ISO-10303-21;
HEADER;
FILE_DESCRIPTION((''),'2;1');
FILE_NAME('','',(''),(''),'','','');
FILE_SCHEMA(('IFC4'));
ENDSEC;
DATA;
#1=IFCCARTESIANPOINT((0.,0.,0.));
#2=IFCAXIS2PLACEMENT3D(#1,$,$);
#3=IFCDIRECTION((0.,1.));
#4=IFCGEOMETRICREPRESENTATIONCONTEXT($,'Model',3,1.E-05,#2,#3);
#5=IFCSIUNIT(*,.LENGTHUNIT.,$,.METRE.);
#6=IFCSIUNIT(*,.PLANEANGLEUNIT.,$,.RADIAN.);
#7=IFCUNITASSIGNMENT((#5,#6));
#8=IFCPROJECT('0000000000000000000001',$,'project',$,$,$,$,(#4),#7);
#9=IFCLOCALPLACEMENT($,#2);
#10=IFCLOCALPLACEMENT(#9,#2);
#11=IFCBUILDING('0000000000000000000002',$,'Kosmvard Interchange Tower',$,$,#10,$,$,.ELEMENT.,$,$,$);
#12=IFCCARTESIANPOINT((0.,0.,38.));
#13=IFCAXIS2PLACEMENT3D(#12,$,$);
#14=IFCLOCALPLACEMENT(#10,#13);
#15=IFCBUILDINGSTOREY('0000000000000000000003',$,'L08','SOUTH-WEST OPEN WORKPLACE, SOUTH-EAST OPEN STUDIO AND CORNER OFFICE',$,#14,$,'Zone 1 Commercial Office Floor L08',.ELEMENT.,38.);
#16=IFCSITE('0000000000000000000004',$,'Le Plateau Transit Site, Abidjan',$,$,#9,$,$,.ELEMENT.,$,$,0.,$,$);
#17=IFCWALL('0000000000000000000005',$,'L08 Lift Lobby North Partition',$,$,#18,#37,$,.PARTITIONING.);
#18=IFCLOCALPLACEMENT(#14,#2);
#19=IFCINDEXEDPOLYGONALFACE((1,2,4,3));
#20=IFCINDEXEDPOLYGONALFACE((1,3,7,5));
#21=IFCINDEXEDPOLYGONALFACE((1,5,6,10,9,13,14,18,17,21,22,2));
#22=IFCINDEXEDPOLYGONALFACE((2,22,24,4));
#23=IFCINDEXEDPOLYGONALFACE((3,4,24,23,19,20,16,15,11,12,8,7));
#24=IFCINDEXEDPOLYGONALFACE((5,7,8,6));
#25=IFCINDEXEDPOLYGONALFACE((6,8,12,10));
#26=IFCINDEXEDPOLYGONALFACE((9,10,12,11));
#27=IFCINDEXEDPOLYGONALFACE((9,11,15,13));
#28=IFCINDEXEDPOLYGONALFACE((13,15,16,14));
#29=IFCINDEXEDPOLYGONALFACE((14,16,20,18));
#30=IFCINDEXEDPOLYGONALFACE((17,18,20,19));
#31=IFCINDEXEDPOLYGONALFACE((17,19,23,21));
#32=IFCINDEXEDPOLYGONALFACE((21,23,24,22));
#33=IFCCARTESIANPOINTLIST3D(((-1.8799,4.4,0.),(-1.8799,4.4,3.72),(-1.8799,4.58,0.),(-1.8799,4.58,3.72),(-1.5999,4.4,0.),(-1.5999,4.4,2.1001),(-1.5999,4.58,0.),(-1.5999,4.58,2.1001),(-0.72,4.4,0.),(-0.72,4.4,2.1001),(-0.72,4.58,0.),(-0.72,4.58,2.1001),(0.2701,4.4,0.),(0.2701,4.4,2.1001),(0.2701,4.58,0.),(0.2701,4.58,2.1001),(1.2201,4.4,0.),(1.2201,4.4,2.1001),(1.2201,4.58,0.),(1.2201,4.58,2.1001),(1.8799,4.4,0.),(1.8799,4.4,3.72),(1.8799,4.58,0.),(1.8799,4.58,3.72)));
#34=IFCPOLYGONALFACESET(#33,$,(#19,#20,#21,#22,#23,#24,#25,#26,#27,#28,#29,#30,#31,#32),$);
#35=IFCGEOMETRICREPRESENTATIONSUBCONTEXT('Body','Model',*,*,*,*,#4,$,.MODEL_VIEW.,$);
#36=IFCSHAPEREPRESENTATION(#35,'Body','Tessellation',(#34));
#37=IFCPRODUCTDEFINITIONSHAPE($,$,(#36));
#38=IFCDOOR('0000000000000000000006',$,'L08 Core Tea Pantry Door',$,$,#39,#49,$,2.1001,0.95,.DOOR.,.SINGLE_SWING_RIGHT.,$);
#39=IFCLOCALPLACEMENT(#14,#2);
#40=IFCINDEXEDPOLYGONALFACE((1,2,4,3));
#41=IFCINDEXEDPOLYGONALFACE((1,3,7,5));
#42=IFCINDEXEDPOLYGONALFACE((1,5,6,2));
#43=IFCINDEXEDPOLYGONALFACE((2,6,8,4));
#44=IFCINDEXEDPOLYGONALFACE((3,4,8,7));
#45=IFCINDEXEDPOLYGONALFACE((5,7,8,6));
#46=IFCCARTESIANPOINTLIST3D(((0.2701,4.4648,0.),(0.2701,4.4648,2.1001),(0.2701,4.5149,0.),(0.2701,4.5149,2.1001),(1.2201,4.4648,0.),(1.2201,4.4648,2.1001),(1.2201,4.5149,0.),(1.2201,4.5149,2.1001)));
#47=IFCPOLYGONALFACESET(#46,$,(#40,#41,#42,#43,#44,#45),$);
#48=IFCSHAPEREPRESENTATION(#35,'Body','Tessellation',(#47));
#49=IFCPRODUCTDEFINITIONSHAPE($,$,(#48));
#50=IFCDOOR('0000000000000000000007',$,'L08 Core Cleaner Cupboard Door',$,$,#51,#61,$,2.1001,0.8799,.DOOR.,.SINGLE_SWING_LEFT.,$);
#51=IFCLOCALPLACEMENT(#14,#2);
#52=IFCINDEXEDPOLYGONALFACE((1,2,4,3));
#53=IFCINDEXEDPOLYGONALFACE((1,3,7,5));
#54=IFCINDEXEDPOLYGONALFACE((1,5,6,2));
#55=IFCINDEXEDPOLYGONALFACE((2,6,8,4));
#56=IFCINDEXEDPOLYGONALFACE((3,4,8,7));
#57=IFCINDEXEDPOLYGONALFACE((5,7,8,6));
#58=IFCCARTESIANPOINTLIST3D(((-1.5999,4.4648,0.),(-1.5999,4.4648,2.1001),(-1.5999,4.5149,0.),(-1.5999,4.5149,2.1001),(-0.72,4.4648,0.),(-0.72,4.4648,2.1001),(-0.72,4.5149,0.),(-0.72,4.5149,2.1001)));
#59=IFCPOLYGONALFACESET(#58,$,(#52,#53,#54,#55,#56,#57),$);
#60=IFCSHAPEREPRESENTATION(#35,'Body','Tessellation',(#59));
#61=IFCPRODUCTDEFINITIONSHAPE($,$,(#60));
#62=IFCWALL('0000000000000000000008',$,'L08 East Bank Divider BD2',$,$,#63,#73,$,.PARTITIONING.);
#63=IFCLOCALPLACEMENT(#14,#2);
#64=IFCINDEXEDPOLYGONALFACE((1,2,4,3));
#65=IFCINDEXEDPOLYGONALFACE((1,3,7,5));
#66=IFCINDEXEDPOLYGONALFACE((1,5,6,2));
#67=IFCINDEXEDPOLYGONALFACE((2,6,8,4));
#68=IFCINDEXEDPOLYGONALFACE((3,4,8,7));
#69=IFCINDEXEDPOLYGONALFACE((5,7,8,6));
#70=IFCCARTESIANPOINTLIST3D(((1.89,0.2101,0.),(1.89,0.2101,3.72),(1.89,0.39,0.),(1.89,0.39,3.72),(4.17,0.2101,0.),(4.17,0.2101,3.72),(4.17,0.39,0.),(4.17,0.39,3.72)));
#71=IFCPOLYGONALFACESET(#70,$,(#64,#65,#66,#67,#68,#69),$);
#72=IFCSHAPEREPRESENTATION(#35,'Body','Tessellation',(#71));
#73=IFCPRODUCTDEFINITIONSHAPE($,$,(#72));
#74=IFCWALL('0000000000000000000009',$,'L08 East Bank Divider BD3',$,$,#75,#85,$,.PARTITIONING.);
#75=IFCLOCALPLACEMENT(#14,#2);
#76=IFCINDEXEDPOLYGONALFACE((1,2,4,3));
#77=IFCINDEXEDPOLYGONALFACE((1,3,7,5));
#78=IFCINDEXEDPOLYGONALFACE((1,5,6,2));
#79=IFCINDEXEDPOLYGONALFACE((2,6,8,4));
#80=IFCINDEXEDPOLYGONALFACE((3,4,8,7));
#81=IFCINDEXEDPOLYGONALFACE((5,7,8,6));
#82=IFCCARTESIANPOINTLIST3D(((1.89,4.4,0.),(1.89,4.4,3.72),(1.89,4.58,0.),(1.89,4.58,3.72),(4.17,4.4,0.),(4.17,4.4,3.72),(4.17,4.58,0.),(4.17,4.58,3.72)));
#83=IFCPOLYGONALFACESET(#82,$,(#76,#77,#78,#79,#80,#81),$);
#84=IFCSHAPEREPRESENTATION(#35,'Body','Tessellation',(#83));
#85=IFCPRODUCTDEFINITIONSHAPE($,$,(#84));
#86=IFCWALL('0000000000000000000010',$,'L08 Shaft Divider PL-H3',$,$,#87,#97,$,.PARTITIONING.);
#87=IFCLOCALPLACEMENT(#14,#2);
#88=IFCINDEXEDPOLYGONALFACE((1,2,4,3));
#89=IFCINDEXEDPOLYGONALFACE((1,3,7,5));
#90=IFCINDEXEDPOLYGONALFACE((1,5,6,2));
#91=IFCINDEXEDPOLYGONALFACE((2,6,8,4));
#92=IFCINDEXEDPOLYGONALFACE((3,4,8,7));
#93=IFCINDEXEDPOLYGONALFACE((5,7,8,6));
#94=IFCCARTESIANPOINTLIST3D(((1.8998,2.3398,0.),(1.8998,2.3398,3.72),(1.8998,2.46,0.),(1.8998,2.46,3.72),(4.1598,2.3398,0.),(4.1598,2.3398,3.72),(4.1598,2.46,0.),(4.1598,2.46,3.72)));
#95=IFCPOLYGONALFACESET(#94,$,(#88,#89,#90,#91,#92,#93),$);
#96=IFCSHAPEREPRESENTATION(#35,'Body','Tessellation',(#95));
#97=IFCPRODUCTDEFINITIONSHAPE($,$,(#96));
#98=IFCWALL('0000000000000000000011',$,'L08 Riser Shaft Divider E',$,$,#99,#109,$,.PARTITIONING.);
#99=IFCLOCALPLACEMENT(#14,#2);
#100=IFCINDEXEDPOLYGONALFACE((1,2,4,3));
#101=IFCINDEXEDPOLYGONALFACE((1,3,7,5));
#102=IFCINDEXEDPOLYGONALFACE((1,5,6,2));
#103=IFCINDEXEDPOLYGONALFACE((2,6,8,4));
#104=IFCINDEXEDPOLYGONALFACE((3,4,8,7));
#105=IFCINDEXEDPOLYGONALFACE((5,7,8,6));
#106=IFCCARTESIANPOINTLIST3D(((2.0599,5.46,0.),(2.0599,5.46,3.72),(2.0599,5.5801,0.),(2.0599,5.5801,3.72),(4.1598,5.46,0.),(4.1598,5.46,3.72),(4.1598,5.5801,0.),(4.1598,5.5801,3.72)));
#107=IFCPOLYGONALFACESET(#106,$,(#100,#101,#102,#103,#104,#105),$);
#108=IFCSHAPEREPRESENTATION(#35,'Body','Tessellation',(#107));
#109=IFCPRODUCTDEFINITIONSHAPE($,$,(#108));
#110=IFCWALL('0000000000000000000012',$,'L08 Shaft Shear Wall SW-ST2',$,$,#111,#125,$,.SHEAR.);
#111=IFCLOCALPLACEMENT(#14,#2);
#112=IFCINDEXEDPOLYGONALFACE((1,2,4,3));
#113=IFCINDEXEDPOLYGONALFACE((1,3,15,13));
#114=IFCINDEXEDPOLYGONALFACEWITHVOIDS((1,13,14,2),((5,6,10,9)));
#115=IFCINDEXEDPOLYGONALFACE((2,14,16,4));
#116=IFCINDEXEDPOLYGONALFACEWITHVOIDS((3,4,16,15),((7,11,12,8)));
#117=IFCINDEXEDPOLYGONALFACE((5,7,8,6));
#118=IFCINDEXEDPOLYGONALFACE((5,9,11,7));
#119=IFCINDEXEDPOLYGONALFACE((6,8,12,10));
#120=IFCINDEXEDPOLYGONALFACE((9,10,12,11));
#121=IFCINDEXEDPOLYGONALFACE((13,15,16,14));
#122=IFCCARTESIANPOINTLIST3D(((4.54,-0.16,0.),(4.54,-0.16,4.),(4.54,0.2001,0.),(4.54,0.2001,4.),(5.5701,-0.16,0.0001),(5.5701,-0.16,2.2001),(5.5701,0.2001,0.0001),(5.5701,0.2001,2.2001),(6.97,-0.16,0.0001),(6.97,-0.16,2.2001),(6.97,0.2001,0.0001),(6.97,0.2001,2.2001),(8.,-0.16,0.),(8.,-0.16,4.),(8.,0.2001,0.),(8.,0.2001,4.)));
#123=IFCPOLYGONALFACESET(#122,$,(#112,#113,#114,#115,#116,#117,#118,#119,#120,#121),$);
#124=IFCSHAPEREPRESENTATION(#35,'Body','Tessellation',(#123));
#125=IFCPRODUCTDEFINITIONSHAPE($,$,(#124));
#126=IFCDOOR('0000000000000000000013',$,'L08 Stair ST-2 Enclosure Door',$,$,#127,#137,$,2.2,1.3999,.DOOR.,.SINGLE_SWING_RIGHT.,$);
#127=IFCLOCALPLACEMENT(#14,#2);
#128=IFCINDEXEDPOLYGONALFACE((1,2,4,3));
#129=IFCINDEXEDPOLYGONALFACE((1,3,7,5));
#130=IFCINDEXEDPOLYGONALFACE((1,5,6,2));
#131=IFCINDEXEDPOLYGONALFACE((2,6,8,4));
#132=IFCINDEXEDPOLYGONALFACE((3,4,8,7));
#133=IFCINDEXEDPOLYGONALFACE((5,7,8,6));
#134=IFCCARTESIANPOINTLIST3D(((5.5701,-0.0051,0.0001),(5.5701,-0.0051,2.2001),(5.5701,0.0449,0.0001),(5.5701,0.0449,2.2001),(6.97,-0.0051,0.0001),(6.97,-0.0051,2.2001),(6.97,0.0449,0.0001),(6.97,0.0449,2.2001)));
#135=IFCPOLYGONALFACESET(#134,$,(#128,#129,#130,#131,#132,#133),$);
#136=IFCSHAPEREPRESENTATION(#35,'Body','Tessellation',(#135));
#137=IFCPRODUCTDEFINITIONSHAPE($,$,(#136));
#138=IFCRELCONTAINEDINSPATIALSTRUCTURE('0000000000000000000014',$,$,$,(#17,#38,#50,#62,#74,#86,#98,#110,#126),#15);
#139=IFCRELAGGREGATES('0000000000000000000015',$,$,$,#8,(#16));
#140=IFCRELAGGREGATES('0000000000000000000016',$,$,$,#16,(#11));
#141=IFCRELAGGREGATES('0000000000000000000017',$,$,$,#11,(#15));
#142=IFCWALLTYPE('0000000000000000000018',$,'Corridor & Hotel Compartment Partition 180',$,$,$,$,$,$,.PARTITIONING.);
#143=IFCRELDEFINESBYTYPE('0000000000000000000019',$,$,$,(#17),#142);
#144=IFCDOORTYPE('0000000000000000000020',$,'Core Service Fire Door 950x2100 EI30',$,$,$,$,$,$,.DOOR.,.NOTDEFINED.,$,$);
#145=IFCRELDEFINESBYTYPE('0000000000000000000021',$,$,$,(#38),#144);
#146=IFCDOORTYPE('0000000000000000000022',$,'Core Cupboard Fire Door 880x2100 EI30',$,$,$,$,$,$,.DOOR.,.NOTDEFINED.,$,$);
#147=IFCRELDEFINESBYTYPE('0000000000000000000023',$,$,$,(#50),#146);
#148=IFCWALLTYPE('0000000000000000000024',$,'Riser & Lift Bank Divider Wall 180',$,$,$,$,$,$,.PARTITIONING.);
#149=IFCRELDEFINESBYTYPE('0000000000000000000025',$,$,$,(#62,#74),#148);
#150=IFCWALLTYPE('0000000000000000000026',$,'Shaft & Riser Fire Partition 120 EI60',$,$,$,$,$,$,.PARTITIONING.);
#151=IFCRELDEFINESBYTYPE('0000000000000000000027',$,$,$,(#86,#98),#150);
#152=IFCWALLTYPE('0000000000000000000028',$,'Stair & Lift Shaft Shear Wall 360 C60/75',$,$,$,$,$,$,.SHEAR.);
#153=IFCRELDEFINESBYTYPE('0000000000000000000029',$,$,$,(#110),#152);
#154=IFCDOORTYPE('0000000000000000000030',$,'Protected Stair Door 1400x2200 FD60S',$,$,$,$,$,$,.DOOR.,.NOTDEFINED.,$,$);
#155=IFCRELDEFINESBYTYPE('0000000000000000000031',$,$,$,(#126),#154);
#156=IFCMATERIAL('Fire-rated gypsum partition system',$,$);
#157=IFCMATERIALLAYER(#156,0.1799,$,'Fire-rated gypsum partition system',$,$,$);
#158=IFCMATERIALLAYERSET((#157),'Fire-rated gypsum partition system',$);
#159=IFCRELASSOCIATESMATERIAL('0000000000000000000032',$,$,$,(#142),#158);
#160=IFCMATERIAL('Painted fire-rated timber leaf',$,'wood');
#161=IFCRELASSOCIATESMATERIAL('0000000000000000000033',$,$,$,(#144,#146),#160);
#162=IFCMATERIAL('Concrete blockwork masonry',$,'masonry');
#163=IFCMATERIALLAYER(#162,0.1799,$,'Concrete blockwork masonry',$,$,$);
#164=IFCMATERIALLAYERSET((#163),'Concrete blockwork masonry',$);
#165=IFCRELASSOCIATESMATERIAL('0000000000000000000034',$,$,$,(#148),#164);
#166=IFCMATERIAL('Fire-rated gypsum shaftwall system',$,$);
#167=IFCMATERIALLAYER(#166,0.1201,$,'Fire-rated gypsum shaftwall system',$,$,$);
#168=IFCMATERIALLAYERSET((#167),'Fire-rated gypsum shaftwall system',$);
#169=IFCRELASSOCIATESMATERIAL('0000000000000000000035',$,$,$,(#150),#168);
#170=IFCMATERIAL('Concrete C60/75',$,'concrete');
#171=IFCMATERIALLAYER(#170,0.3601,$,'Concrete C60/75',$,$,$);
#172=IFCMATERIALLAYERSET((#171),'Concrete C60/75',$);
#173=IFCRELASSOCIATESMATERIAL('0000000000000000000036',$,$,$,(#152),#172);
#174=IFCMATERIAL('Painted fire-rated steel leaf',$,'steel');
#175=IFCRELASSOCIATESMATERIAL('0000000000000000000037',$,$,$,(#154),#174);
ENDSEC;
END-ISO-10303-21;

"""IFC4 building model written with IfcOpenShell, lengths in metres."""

from ifc_helpers import new_model, si_unit, direction, frame, frame_2d, origin, place, context, subcontext, project, spatial, rectangle, extrude, source, transform, mapped, material, layer, layer_set, type_object, element, fill, save


model = new_model("IFC4")

# Units and contexts
model_context = context("Model", 3, precision=1e-05, world=origin(), true_north=direction((0.0, 1.0)))
body_context = subcontext(model_context, "Body", "Model", "MODEL_VIEW")
ifc_project = project(units=[si_unit("LENGTHUNIT", "METRE"), si_unit("PLANEANGLEUNIT", "RADIAN")], contexts=[model_context])

# Site, building, storey
site_placement = place(None, origin())
site = spatial("IfcSite", under=ifc_project, at=site_placement, Name="Le Plateau Transit Site, Abidjan", CompositionType="ELEMENT", RefElevation=0.0)
building_placement = place(site_placement, origin())
building = spatial("IfcBuilding", under=site, at=building_placement, Name="Kosmvard Interchange Tower", CompositionType="ELEMENT")
storey_placement = place(building_placement, frame((0.0, 0.0, 38.0)))
storey = spatial("IfcBuildingStorey", under=building, at=storey_placement, Name="L08", Description="SOUTH-WEST OPEN WORKPLACE, SOUTH-EAST OPEN STUDIO AND CORNER OFFICE", LongName="Zone 1 Commercial Office Floor L08", CompositionType="ELEMENT", Elevation=38.0)

# Shared definitions
ifc_material_1 = material(Name="Concrete C60/75", Category="concrete")

# Shared definitions
ifc_material_2 = material(Name="Fire-rated gypsum partition system")
ifc_material_3 = material(Name="Concrete blockwork masonry", Category="masonry")

# Wall, openings, doors
ifc_layer_1 = layer(ifc_material_2, 0.1799, Name="Fire-rated gypsum partition system")
ifc_layer_set_1 = layer_set([ifc_layer_1], Name="Fire-rated gypsum partition system")
wall_type_1 = type_object("IfcWallType", Name="Corridor & Hotel Compartment Partition 180", PredefinedType="PARTITIONING", material=ifc_layer_set_1)
wall_1_placement = place(storey_placement, frame((-1.8799, 4.49, 0.0), z_axis=(0.0, 0.0, 1.0), x_axis=(1.0, 0.0, 0.0)))
wall_1 = element("IfcWall", 1, at=wall_1_placement, inside=storey, type_object=wall_type_1, Name="L08 Lift Lobby North Partition", PredefinedType="PARTITIONING", context=body_context, shape_type="SweptSolid", body=[
    extrude(rectangle(XDim=3.7598, YDim=0.1799, at=frame_2d((1.8799, 0.0))), origin(), (0.0, 0.0, 1.0), 3.72),
])
opening_1_placement = place(wall_1_placement, frame((0.28, 0.0, 0.0)))
opening_1 = element("IfcOpeningElement", 2, at=opening_1_placement, cuts=wall_1, PredefinedType="OPENING", context=body_context, shape_type="SweptSolid", body=[
    extrude(rectangle(XDim=0.8799, YDim=2.1001, at=frame_2d((0.4399, 1.05))), frame((0.0, 0.1001, 0.0), z_axis=(0.0, -1.0, 0.0), x_axis=(1.0, 0.0, 0.0)), (0.0, 0.0, 1.0), 0.2),
])
opening_2_placement = place(wall_1_placement, frame((2.1499, 0.0, 0.0)))
opening_2 = element("IfcOpeningElement", 3, at=opening_2_placement, cuts=wall_1, PredefinedType="OPENING", context=body_context, shape_type="SweptSolid", body=[
    extrude(rectangle(XDim=0.95, YDim=2.1001, at=frame_2d((0.4751, 1.05))), frame((0.0, 0.1001, 0.0), z_axis=(0.0, -1.0, 0.0), x_axis=(1.0, 0.0, 0.0)), (0.0, 0.0, 1.0), 0.2),
])
ifc_material_4 = material(Name="Painted fire-rated timber leaf", Category="wood")
door_type_1 = type_object("IfcDoorType", Name="Core Service Fire Door 950x2100 EI30", OperationType="NOTDEFINED", PredefinedType="DOOR", material=ifc_material_4)
shared_shape_1 = source(origin(), body_context, "Body", "SweptSolid", [
    extrude(rectangle(XDim=0.95, YDim=2.1001, at=frame_2d((0.4751, 1.05))), frame((0.0, 0.0249, 0.0), z_axis=(0.0, -1.0, 0.0), x_axis=(1.0, 0.0, 0.0)), (0.0, 0.0, 1.0), 0.05),
])
door_1_placement = place(opening_2_placement, origin())
door_1 = element("IfcDoor", 4, at=door_1_placement, inside=storey, type_object=door_type_1, Name="L08 Core Tea Pantry Door", OperationType="SINGLE_SWING_RIGHT", OverallHeight=2.1001, OverallWidth=0.95, PredefinedType="DOOR", context=body_context, shape_type="MappedRepresentation", body=[
    mapped(shared_shape_1, transform((0.0, 0.0, 0.0), scale=1.0)),
])
fill(opening_2, door_1)
door_type_2 = type_object("IfcDoorType", Name="Core Cupboard Fire Door 880x2100 EI30", OperationType="NOTDEFINED", PredefinedType="DOOR", material=ifc_material_4)
shared_shape_2 = source(origin(), body_context, "Body", "SweptSolid", [
    extrude(rectangle(XDim=0.8799, YDim=2.1001, at=frame_2d((0.4399, 1.05))), frame((0.0, 0.0249, 0.0), z_axis=(0.0, -1.0, 0.0), x_axis=(1.0, 0.0, 0.0)), (0.0, 0.0, 1.0), 0.05),
])
door_2_placement = place(opening_1_placement, origin())
door_2 = element("IfcDoor", 5, at=door_2_placement, inside=storey, type_object=door_type_2, Name="L08 Core Cleaner Cupboard Door", OperationType="SINGLE_SWING_LEFT", OverallHeight=2.1001, OverallWidth=0.8799, PredefinedType="DOOR", context=body_context, shape_type="MappedRepresentation", body=[
    mapped(shared_shape_2, transform((0.0, 0.0, 0.0), scale=1.0)),
])
fill(opening_1, door_2)

# Walls
ifc_layer_2 = layer(ifc_material_3, 0.1799, Name="Concrete blockwork masonry")
ifc_layer_set_2 = layer_set([ifc_layer_2], Name="Concrete blockwork masonry")
wall_type_2 = type_object("IfcWallType", Name="Riser & Lift Bank Divider Wall 180", PredefinedType="PARTITIONING", material=ifc_layer_set_2)
for number, where, z_axis, x_axis, name in (
    (6, (1.8899, 0.3, 0.0), (0.0, 0.0, 1.0), (1.0, 0.0, 0.0), "L08 East Bank Divider BD2"),
    (7, (1.8899, 4.49, 0.0), (0.0, 0.0, 1.0), (1.0, 0.0, 0.0), "L08 East Bank Divider BD3"),
):
    element("IfcWall", number, at=place(storey_placement, frame(where, z_axis=z_axis, x_axis=x_axis)), inside=storey, type_object=wall_type_2, Name=name, PredefinedType="PARTITIONING", context=body_context, shape_type="SweptSolid", body=[
        extrude(rectangle(XDim=2.28, YDim=0.1799, at=frame_2d((1.1401, 0.0))), origin(), (0.0, 0.0, 1.0), 3.72),
    ])
ifc_material_5 = material(Name="Fire-rated gypsum shaftwall system")
ifc_layer_3 = layer(ifc_material_5, 0.1201, Name="Fire-rated gypsum shaftwall system")
ifc_layer_set_3 = layer_set([ifc_layer_3], Name="Fire-rated gypsum shaftwall system")
wall_type_3 = type_object("IfcWallType", Name="Shaft & Riser Fire Partition 120 EI60", PredefinedType="PARTITIONING", material=ifc_layer_set_3)
wall_2_placement = place(storey_placement, frame((1.8999, 2.3999, 0.0), z_axis=(0.0, 0.0, 1.0), x_axis=(1.0, 0.0, 0.0)))
element("IfcWall", 8, at=wall_2_placement, inside=storey, type_object=wall_type_3, Name="L08 Shaft Divider PL-H3", PredefinedType="PARTITIONING", context=body_context, shape_type="SweptSolid", body=[
    extrude(rectangle(XDim=2.26, YDim=0.1201, at=frame_2d((1.1299, 0.0))), origin(), (0.0, 0.0, 1.0), 3.72),
])
wall_3_placement = place(storey_placement, frame((2.0601, 5.52, 0.0), z_axis=(0.0, 0.0, 1.0), x_axis=(1.0, 0.0, 0.0)))
element("IfcWall", 9, at=wall_3_placement, inside=storey, type_object=wall_type_3, Name="L08 Riser Shaft Divider E", PredefinedType="PARTITIONING", context=body_context, shape_type="SweptSolid", body=[
    extrude(rectangle(XDim=2.0999, YDim=0.1201, at=frame_2d((1.0498, 0.0))), origin(), (0.0, 0.0, 1.0), 3.72),
])

# Wall, opening, door
ifc_layer_4 = layer(ifc_material_1, 0.3601, Name="Concrete C60/75")
ifc_layer_set_4 = layer_set([ifc_layer_4], Name="Concrete C60/75")
wall_type_4 = type_object("IfcWallType", Name="Stair & Lift Shaft Shear Wall 360 C60/75", PredefinedType="SHEAR", material=ifc_layer_set_4)
wall_4_placement = place(storey_placement, frame((4.54, 0.02, 0.0), z_axis=(0.0, 0.0, 1.0), x_axis=(1.0, 0.0, 0.0)))
wall_4 = element("IfcWall", 10, at=wall_4_placement, inside=storey, type_object=wall_type_4, Name="L08 Shaft Shear Wall SW-ST2", PredefinedType="SHEAR", context=body_context, shape_type="SweptSolid", body=[
    extrude(rectangle(XDim=3.46, YDim=0.3601, at=frame_2d((1.73, 0.0))), origin(), (0.0, 0.0, 1.0), 4.0),
])
opening_3_placement = place(wall_4_placement, frame((1.03, 0.0, 0.0)))
opening_3 = element("IfcOpeningElement", 11, at=opening_3_placement, cuts=wall_4, PredefinedType="OPENING", context=body_context, shape_type="SweptSolid", body=[
    extrude(rectangle(XDim=1.3999, YDim=2.2, at=frame_2d((0.7, 1.1001))), frame((0.0, 0.1899, 0.0), z_axis=(0.0, -1.0, 0.0), x_axis=(1.0, 0.0, 0.0)), (0.0, 0.0, 1.0), 0.3801),
])
ifc_material_6 = material(Name="Painted fire-rated steel leaf", Category="steel")
door_type_3 = type_object("IfcDoorType", Name="Protected Stair Door 1400x2200 FD60S", OperationType="NOTDEFINED", PredefinedType="DOOR", material=ifc_material_6)
shared_shape_3 = source(origin(), body_context, "Body", "SweptSolid", [
    extrude(rectangle(XDim=1.3999, YDim=2.2, at=frame_2d((0.7, 1.1001))), frame((0.0, 0.0249, 0.0), z_axis=(0.0, -1.0, 0.0), x_axis=(1.0, 0.0, 0.0)), (0.0, 0.0, 1.0), 0.05),
])
door_3_placement = place(opening_3_placement, origin())
door_3 = element("IfcDoor", 12, at=door_3_placement, inside=storey, type_object=door_type_3, Name="L08 Stair ST-2 Enclosure Door", OperationType="SINGLE_SWING_RIGHT", OverallHeight=2.2, OverallWidth=1.3999, PredefinedType="DOOR", context=body_context, shape_type="MappedRepresentation", body=[
    mapped(shared_shape_3, transform((0.0, 0.0, 0.0), scale=1.0)),
])
fill(opening_3, door_3)

save(model, "model.ifc")
